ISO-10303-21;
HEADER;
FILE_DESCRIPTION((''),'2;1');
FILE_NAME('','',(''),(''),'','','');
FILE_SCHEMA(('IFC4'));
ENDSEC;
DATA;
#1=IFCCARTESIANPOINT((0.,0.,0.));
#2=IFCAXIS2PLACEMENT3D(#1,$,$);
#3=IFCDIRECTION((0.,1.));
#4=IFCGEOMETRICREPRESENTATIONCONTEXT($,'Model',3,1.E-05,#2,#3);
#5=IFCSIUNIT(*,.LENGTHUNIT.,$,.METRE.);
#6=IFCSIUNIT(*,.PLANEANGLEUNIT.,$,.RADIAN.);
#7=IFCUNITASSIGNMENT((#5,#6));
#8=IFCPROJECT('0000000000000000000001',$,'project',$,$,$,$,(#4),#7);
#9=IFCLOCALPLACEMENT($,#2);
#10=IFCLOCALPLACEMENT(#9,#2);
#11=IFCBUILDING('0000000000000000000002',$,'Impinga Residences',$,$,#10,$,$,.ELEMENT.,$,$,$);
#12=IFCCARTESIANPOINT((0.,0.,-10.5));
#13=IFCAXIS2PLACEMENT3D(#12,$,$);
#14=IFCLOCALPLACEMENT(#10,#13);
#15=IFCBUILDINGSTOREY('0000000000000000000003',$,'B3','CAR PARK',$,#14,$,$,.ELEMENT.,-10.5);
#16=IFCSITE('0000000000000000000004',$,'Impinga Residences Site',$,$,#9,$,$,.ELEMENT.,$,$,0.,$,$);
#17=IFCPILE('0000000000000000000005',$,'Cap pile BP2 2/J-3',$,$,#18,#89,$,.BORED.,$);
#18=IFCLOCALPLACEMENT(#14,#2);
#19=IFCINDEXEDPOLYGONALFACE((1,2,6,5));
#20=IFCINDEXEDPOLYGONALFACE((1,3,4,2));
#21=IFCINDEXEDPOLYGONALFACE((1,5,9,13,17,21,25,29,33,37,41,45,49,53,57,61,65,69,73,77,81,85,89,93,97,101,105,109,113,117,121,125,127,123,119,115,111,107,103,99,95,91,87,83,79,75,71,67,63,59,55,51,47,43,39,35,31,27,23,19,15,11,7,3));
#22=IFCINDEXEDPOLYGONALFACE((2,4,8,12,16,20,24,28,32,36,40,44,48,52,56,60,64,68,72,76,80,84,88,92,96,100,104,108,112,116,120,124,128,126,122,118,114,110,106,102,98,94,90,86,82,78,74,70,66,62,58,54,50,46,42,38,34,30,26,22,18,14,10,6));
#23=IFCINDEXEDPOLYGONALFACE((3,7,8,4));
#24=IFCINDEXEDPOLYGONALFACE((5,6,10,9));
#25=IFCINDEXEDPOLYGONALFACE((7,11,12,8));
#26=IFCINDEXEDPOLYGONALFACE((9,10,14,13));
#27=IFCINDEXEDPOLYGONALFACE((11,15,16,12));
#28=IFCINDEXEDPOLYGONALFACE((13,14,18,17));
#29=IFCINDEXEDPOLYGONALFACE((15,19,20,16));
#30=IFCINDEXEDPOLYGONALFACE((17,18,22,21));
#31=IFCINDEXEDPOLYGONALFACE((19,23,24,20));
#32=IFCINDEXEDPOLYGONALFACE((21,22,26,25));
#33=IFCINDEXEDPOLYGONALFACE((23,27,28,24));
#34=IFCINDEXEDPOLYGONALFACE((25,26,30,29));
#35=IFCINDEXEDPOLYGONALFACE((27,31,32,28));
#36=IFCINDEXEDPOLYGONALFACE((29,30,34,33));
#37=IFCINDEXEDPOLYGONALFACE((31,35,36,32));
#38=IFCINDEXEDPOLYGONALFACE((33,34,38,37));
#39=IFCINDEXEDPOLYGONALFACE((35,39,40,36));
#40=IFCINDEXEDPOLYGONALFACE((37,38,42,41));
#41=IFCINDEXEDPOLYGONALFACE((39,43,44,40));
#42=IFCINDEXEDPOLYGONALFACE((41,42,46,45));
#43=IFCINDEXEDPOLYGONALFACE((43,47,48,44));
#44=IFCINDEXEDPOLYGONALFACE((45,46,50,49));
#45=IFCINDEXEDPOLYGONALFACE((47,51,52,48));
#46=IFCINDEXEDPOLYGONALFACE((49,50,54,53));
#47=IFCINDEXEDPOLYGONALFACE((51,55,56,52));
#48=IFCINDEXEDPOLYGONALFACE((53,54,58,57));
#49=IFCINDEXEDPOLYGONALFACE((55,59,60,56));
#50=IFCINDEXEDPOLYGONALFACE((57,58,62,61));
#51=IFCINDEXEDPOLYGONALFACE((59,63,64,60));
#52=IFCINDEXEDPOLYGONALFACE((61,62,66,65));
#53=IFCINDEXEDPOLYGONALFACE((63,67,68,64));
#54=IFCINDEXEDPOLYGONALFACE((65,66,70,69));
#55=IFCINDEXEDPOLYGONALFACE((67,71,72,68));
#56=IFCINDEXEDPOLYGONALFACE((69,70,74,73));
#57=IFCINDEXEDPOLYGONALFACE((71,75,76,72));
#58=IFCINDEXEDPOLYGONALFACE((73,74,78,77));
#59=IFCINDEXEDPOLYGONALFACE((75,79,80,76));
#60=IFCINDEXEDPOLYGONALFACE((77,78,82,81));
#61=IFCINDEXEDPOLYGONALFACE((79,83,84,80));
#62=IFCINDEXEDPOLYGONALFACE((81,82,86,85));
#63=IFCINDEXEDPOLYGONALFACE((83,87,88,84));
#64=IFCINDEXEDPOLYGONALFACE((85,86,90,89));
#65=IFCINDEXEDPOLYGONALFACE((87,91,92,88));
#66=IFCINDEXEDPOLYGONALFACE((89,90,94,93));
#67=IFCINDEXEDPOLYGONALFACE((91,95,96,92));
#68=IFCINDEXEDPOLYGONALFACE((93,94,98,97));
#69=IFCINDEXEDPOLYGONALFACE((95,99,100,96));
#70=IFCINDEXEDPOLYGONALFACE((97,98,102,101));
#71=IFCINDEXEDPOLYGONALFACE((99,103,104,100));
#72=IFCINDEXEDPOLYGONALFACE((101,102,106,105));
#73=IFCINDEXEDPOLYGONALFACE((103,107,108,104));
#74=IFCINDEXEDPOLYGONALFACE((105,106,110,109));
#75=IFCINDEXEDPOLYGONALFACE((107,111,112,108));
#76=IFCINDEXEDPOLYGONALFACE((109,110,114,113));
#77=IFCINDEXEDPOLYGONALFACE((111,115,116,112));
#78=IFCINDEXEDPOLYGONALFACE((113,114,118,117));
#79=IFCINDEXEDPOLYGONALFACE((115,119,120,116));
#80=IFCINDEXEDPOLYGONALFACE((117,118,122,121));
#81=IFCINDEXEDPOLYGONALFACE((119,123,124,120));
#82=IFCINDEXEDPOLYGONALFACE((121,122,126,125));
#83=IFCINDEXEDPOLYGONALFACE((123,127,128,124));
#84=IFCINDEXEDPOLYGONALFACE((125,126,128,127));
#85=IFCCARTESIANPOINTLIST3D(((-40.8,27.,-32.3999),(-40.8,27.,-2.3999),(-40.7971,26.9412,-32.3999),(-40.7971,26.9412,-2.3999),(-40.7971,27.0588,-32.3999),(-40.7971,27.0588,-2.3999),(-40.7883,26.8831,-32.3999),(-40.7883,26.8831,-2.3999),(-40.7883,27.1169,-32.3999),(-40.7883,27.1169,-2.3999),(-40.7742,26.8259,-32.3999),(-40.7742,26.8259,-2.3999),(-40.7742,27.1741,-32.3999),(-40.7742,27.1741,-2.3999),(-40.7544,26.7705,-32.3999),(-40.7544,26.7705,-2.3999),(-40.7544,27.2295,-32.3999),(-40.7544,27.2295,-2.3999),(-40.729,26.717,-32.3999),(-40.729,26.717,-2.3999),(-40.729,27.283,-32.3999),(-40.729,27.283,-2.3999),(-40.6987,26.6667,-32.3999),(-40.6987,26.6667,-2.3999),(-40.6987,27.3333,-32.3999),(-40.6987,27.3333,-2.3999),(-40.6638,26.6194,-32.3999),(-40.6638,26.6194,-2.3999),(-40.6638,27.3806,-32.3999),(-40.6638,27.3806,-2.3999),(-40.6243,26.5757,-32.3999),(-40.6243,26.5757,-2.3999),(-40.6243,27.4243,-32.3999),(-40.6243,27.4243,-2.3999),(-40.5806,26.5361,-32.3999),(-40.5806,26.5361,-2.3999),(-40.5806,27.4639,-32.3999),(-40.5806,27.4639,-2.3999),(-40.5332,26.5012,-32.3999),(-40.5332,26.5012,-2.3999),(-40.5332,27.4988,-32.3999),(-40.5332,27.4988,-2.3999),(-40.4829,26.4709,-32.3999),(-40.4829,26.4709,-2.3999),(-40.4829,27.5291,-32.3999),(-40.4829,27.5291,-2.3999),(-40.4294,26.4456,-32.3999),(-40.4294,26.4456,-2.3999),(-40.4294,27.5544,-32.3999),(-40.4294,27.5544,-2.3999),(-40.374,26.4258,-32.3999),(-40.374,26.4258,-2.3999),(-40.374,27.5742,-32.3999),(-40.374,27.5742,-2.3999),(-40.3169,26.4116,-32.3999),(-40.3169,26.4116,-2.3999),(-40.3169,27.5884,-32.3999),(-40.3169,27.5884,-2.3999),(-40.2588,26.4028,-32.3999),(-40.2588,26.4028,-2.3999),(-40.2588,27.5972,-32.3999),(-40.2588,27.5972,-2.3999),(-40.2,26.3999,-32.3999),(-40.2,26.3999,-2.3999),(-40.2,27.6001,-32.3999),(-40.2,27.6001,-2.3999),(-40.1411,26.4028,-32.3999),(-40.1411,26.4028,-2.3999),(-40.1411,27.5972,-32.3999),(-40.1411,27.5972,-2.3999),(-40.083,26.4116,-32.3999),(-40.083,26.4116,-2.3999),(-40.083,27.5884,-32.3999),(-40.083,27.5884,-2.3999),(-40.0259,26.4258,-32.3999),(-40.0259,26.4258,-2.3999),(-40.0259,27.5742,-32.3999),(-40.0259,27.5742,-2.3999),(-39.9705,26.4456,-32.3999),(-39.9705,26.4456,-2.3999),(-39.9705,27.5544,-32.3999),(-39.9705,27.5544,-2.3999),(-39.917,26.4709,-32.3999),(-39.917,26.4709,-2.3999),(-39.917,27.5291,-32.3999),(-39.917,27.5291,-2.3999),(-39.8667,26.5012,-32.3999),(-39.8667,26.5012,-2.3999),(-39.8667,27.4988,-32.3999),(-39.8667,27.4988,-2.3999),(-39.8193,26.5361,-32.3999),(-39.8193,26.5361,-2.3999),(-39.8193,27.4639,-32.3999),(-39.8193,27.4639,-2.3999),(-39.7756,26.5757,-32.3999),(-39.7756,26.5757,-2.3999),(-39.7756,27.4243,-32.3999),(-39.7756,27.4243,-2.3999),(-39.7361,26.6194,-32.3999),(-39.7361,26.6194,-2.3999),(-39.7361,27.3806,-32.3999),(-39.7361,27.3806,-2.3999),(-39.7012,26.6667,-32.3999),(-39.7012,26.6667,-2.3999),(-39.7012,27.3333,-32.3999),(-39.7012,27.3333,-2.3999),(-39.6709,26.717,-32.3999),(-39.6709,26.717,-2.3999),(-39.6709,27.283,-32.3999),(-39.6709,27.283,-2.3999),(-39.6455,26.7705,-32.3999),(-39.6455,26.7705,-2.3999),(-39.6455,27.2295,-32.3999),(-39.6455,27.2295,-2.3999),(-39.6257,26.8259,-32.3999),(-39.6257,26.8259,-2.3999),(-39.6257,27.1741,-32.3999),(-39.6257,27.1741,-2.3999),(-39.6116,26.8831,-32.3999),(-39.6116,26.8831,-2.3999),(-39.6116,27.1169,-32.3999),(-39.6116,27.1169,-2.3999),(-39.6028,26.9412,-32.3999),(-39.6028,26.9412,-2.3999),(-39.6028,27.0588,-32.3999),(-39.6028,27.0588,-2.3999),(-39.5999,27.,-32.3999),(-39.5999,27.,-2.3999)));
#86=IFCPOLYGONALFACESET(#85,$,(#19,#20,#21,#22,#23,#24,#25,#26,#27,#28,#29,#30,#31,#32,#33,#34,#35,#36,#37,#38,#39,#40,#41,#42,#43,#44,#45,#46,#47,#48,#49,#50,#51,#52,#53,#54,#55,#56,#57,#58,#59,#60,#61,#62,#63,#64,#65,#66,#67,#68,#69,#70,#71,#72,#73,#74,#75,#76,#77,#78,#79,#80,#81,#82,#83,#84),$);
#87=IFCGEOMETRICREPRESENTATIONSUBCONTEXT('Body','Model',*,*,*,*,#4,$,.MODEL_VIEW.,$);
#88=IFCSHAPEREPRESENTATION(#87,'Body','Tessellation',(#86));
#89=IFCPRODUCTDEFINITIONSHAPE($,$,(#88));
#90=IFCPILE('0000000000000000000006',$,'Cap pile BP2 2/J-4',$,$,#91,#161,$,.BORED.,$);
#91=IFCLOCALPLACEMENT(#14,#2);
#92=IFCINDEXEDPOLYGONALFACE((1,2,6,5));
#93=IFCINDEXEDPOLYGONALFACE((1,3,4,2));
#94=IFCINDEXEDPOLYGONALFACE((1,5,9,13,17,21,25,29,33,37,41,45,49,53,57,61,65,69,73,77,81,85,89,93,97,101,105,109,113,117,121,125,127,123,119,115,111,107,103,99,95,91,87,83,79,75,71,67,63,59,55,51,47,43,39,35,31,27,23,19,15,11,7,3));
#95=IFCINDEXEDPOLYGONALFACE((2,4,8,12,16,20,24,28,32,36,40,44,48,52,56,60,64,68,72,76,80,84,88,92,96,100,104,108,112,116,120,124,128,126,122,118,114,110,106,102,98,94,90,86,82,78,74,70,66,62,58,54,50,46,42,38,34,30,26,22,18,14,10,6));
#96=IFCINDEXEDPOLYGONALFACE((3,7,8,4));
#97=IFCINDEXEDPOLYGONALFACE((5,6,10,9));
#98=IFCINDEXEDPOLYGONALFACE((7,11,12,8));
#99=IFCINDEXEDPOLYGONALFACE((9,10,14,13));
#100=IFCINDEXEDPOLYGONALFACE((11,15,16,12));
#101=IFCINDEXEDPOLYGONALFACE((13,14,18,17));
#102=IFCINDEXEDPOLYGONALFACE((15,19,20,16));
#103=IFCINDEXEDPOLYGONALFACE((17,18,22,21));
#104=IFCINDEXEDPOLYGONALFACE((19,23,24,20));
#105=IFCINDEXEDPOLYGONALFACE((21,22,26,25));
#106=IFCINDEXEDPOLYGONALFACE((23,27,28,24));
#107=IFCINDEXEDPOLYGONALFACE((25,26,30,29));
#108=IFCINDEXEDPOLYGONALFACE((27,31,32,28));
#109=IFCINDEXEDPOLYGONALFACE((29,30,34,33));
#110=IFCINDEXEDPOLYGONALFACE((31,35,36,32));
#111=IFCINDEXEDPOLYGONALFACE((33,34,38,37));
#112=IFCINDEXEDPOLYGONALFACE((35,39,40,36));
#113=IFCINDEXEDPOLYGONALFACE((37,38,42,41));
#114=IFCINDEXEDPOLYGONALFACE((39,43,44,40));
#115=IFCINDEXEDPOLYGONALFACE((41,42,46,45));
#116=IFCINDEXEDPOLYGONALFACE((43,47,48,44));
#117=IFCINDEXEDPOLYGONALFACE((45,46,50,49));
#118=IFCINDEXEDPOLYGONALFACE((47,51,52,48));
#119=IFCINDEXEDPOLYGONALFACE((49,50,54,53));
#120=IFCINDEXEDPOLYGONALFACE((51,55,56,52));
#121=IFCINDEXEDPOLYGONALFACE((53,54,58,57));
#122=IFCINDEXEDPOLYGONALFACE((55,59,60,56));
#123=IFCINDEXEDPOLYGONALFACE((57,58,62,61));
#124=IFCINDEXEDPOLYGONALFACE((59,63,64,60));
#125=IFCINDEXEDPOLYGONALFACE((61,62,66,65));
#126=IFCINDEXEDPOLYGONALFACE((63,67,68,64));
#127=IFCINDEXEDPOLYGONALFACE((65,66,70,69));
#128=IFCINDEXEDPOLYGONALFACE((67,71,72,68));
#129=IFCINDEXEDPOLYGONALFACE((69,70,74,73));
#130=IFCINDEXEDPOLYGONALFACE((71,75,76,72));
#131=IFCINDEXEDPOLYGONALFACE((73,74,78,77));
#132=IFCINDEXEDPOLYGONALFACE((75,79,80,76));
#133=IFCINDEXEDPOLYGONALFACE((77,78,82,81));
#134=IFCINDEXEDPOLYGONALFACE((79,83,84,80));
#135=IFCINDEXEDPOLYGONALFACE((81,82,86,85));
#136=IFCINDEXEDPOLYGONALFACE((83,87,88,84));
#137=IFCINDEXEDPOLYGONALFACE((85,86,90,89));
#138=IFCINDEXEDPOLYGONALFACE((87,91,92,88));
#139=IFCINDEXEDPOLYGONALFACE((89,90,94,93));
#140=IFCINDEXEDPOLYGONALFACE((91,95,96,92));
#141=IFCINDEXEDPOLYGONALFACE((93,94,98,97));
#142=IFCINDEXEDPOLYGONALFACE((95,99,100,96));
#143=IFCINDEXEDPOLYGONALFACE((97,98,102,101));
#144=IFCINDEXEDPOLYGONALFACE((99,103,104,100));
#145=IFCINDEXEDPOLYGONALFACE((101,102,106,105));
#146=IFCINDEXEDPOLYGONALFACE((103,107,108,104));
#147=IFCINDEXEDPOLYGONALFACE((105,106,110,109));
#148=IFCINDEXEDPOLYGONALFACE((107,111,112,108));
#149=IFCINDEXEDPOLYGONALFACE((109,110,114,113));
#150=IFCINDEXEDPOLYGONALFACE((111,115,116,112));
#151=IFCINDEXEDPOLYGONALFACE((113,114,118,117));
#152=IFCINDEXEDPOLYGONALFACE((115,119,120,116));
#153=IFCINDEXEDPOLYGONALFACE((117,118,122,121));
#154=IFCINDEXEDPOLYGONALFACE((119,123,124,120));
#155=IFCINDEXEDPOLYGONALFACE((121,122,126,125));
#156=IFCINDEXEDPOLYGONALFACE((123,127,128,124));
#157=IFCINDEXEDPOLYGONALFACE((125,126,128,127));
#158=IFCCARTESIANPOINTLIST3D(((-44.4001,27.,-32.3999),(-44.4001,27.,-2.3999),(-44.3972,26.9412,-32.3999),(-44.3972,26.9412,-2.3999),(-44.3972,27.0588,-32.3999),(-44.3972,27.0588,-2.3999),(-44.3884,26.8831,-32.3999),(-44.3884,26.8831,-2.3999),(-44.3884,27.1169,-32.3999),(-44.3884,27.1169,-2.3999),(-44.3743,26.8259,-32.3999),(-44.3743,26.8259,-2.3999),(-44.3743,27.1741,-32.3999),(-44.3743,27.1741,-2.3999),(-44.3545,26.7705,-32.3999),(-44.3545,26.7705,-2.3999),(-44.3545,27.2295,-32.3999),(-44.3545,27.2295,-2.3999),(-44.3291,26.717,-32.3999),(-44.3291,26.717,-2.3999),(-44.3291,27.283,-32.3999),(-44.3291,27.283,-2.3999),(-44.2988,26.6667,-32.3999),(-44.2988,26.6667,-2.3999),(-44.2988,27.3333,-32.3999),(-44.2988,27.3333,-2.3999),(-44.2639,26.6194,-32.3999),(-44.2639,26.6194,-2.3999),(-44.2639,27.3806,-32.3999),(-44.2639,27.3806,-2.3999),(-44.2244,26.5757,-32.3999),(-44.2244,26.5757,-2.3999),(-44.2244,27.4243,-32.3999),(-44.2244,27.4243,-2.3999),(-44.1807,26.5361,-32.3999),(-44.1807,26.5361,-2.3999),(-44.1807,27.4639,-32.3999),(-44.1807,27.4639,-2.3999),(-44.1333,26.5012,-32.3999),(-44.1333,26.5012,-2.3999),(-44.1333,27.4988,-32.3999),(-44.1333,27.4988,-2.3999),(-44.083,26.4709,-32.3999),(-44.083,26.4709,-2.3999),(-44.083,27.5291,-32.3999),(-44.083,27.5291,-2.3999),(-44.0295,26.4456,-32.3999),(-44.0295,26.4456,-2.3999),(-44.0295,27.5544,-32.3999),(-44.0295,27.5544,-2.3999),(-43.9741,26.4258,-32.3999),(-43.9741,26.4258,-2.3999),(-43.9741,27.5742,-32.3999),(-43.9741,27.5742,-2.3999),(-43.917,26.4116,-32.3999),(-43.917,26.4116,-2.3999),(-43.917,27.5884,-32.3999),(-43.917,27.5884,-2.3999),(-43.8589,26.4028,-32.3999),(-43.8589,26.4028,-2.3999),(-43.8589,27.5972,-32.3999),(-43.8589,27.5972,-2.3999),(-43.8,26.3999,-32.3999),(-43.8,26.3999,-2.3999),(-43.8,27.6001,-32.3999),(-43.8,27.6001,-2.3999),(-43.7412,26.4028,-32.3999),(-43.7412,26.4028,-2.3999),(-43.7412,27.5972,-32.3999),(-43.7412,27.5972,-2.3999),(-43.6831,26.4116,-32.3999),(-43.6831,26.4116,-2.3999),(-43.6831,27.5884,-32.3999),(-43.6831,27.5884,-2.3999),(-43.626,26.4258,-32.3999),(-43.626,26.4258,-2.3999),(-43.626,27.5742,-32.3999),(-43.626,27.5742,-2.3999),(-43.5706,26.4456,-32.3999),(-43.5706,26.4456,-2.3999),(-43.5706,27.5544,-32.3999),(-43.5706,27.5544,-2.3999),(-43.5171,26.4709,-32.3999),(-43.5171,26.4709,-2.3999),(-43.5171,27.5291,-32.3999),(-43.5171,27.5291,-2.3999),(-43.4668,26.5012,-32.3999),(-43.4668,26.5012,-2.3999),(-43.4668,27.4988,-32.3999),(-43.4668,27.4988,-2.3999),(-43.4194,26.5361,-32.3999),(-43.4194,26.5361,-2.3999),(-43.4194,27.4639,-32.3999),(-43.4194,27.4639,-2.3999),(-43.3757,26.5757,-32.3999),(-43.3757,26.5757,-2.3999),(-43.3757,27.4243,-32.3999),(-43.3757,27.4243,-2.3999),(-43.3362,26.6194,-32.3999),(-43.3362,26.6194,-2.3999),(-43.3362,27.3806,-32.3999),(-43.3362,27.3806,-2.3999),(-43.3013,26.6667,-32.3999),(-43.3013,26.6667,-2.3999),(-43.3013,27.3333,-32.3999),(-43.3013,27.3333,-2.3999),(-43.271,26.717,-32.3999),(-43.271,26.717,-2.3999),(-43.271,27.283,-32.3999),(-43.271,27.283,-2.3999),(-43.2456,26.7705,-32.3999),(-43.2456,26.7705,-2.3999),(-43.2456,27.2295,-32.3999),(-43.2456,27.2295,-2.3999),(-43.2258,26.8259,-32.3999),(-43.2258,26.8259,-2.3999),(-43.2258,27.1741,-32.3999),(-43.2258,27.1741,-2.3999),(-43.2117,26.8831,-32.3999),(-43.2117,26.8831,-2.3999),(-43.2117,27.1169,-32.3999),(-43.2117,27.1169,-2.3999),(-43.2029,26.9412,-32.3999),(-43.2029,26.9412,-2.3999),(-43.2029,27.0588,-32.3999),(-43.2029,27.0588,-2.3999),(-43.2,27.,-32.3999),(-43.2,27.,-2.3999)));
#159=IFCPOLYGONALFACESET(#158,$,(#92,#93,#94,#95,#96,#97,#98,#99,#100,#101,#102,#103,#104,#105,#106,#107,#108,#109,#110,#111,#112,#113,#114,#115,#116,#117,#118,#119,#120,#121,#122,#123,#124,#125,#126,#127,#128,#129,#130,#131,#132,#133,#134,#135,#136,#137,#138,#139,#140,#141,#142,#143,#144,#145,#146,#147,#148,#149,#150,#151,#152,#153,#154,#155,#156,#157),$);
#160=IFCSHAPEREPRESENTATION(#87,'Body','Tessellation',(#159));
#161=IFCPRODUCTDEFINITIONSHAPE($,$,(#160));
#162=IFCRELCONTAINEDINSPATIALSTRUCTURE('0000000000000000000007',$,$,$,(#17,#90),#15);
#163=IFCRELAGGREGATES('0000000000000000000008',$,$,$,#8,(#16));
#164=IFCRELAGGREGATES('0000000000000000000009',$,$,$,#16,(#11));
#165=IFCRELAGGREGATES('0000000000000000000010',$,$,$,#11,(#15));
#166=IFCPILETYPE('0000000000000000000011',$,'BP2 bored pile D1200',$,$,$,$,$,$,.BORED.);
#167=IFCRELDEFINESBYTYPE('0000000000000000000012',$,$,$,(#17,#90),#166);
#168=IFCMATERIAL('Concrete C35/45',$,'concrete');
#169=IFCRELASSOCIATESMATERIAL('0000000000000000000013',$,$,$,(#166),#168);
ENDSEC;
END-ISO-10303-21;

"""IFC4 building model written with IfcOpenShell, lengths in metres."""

from ifc_helpers import new_model, si_unit, direction, frame, origin, origin_2d, place, context, subcontext, project, spatial, polyline, circle, outline, extrude, material, material_profile, profile_set, type_object, element, save


model = new_model("IFC4")

# Units and contexts
model_context = context("Model", 3, precision=1e-05, world=origin(), true_north=direction((0.0, 1.0)))
body_context = subcontext(model_context, "Body", "Model", "MODEL_VIEW")
ifc_project = project(units=[si_unit("LENGTHUNIT", "METRE"), si_unit("PLANEANGLEUNIT", "RADIAN")], contexts=[model_context])

# Site, building, storey
site_placement = place(None, origin())
site = spatial("IfcSite", under=ifc_project, at=site_placement, Name="Impinga Residences Site", CompositionType="ELEMENT", RefElevation=0.0)
building_placement = place(site_placement, origin())
building = spatial("IfcBuilding", under=site, at=building_placement, Name="Impinga Residences", CompositionType="ELEMENT")
storey_placement = place(building_placement, frame((0.0, 0.0, -10.5)))
storey = spatial("IfcBuildingStorey", under=building, at=storey_placement, Name="B3", Description="CAR PARK", CompositionType="ELEMENT", Elevation=-10.5)

# Piles
ifc_material_1 = material(Name="Concrete C35/45", Category="concrete")
ifc_material_profile_1 = material_profile(ifc_material_1, circle(Radius=0.6001, at=origin_2d()), Name="D1200")
ifc_profile_set_1 = profile_set([ifc_material_profile_1], Name="Concrete C35/45")
pile_type = type_object("IfcPileType", Name="BP2 bored pile D1200", PredefinedType="BORED", material=ifc_profile_set_1)
pile_1_placement = place(storey_placement, frame((-40.2, 27.0, -2.3999), z_axis=(0.0, 0.0, -1.0), x_axis=(1.0, 0.0, 0.0)))
element("IfcPile", 1, at=pile_1_placement, inside=storey, type_object=pile_type, Name="Cap pile BP2 2/J-3", PredefinedType="BORED", context=body_context, shape_type="SweptSolid", body=[
    extrude(outline(polyline([(0.6001, 0.0), (0.5972, 0.0588), (0.5884, 0.1169), (0.5742, 0.1741), (0.5544, 0.2295), (0.5291, 0.283), (0.4988, 0.3333), (0.4639, 0.3806), (0.4243, 0.4243), (0.3806, 0.4639), (0.3333, 0.4988), (0.283, 0.5291), (0.2295, 0.5544), (0.1741, 0.5742), (0.1169, 0.5884), (0.0588, 0.5972), (0.0, 0.6001), (-0.0588, 0.5972), (-0.1169, 0.5884), (-0.1741, 0.5742), (-0.2295, 0.5544), (-0.283, 0.5291), (-0.3333, 0.4988), (-0.3806, 0.4639), (-0.4243, 0.4243), (-0.4639, 0.3806), (-0.4988, 0.3333), (-0.5291, 0.283), (-0.5544, 0.2295), (-0.5742, 0.1741), (-0.5884, 0.1169), (-0.5972, 0.0588), (-0.6001, 0.0), (-0.5972, -0.0588), (-0.5884, -0.1169), (-0.5742, -0.1741), (-0.5544, -0.2295), (-0.5291, -0.283), (-0.4988, -0.3333), (-0.4639, -0.3806), (-0.4243, -0.4243), (-0.3806, -0.4639), (-0.3333, -0.4988), (-0.283, -0.5291), (-0.2295, -0.5544), (-0.1741, -0.5742), (-0.1169, -0.5884), (-0.0588, -0.5972), (0.0, -0.6001), (0.0588, -0.5972), (0.1169, -0.5884), (0.1741, -0.5742), (0.2295, -0.5544), (0.283, -0.5291), (0.3333, -0.4988), (0.3806, -0.4639), (0.4243, -0.4243), (0.4639, -0.3806), (0.4988, -0.3333), (0.5291, -0.283), (0.5544, -0.2295), (0.5742, -0.1741), (0.5884, -0.1169), (0.5972, -0.0588), (0.6001, 0.0)])), origin(), (0.0, 0.0, 1.0), 30.0),
])
pile_2_placement = place(storey_placement, frame((-43.8, 27.0, -2.3999), z_axis=(0.0, 0.0, -1.0), x_axis=(1.0, 0.0, 0.0)))
element("IfcPile", 2, at=pile_2_placement, inside=storey, type_object=pile_type, Name="Cap pile BP2 2/J-4", PredefinedType="BORED", context=body_context, shape_type="SweptSolid", body=[
    extrude(outline(polyline([(0.6001, 0.0), (0.5972, 0.0588), (0.5884, 0.1169), (0.5742, 0.1741), (0.5544, 0.2295), (0.5291, 0.283), (0.4988, 0.3333), (0.4639, 0.3806), (0.4243, 0.4243), (0.3806, 0.4639), (0.3333, 0.4988), (0.283, 0.5291), (0.2295, 0.5544), (0.1741, 0.5742), (0.1169, 0.5884), (0.0588, 0.5972), (0.0, 0.6001), (-0.0588, 0.5972), (-0.1169, 0.5884), (-0.1741, 0.5742), (-0.2295, 0.5544), (-0.283, 0.5291), (-0.3333, 0.4988), (-0.3806, 0.4639), (-0.4243, 0.4243), (-0.4639, 0.3806), (-0.4988, 0.3333), (-0.5291, 0.283), (-0.5544, 0.2295), (-0.5742, 0.1741), (-0.5884, 0.1169), (-0.5972, 0.0588), (-0.6001, 0.0), (-0.5972, -0.0588), (-0.5884, -0.1169), (-0.5742, -0.1741), (-0.5544, -0.2295), (-0.5291, -0.283), (-0.4988, -0.3333), (-0.4639, -0.3806), (-0.4243, -0.4243), (-0.3806, -0.4639), (-0.3333, -0.4988), (-0.283, -0.5291), (-0.2295, -0.5544), (-0.1741, -0.5742), (-0.1169, -0.5884), (-0.0588, -0.5972), (0.0, -0.6001), (0.0588, -0.5972), (0.1169, -0.5884), (0.1741, -0.5742), (0.2295, -0.5544), (0.283, -0.5291), (0.3333, -0.4988), (0.3806, -0.4639), (0.4243, -0.4243), (0.4639, -0.3806), (0.4988, -0.3333), (0.5291, -0.283), (0.5544, -0.2295), (0.5742, -0.1741), (0.5884, -0.1169), (0.5972, -0.0588), (0.6001, 0.0)])), origin(), (0.0, 0.0, 1.0), 30.0),
])

save(model, "model.ifc")
